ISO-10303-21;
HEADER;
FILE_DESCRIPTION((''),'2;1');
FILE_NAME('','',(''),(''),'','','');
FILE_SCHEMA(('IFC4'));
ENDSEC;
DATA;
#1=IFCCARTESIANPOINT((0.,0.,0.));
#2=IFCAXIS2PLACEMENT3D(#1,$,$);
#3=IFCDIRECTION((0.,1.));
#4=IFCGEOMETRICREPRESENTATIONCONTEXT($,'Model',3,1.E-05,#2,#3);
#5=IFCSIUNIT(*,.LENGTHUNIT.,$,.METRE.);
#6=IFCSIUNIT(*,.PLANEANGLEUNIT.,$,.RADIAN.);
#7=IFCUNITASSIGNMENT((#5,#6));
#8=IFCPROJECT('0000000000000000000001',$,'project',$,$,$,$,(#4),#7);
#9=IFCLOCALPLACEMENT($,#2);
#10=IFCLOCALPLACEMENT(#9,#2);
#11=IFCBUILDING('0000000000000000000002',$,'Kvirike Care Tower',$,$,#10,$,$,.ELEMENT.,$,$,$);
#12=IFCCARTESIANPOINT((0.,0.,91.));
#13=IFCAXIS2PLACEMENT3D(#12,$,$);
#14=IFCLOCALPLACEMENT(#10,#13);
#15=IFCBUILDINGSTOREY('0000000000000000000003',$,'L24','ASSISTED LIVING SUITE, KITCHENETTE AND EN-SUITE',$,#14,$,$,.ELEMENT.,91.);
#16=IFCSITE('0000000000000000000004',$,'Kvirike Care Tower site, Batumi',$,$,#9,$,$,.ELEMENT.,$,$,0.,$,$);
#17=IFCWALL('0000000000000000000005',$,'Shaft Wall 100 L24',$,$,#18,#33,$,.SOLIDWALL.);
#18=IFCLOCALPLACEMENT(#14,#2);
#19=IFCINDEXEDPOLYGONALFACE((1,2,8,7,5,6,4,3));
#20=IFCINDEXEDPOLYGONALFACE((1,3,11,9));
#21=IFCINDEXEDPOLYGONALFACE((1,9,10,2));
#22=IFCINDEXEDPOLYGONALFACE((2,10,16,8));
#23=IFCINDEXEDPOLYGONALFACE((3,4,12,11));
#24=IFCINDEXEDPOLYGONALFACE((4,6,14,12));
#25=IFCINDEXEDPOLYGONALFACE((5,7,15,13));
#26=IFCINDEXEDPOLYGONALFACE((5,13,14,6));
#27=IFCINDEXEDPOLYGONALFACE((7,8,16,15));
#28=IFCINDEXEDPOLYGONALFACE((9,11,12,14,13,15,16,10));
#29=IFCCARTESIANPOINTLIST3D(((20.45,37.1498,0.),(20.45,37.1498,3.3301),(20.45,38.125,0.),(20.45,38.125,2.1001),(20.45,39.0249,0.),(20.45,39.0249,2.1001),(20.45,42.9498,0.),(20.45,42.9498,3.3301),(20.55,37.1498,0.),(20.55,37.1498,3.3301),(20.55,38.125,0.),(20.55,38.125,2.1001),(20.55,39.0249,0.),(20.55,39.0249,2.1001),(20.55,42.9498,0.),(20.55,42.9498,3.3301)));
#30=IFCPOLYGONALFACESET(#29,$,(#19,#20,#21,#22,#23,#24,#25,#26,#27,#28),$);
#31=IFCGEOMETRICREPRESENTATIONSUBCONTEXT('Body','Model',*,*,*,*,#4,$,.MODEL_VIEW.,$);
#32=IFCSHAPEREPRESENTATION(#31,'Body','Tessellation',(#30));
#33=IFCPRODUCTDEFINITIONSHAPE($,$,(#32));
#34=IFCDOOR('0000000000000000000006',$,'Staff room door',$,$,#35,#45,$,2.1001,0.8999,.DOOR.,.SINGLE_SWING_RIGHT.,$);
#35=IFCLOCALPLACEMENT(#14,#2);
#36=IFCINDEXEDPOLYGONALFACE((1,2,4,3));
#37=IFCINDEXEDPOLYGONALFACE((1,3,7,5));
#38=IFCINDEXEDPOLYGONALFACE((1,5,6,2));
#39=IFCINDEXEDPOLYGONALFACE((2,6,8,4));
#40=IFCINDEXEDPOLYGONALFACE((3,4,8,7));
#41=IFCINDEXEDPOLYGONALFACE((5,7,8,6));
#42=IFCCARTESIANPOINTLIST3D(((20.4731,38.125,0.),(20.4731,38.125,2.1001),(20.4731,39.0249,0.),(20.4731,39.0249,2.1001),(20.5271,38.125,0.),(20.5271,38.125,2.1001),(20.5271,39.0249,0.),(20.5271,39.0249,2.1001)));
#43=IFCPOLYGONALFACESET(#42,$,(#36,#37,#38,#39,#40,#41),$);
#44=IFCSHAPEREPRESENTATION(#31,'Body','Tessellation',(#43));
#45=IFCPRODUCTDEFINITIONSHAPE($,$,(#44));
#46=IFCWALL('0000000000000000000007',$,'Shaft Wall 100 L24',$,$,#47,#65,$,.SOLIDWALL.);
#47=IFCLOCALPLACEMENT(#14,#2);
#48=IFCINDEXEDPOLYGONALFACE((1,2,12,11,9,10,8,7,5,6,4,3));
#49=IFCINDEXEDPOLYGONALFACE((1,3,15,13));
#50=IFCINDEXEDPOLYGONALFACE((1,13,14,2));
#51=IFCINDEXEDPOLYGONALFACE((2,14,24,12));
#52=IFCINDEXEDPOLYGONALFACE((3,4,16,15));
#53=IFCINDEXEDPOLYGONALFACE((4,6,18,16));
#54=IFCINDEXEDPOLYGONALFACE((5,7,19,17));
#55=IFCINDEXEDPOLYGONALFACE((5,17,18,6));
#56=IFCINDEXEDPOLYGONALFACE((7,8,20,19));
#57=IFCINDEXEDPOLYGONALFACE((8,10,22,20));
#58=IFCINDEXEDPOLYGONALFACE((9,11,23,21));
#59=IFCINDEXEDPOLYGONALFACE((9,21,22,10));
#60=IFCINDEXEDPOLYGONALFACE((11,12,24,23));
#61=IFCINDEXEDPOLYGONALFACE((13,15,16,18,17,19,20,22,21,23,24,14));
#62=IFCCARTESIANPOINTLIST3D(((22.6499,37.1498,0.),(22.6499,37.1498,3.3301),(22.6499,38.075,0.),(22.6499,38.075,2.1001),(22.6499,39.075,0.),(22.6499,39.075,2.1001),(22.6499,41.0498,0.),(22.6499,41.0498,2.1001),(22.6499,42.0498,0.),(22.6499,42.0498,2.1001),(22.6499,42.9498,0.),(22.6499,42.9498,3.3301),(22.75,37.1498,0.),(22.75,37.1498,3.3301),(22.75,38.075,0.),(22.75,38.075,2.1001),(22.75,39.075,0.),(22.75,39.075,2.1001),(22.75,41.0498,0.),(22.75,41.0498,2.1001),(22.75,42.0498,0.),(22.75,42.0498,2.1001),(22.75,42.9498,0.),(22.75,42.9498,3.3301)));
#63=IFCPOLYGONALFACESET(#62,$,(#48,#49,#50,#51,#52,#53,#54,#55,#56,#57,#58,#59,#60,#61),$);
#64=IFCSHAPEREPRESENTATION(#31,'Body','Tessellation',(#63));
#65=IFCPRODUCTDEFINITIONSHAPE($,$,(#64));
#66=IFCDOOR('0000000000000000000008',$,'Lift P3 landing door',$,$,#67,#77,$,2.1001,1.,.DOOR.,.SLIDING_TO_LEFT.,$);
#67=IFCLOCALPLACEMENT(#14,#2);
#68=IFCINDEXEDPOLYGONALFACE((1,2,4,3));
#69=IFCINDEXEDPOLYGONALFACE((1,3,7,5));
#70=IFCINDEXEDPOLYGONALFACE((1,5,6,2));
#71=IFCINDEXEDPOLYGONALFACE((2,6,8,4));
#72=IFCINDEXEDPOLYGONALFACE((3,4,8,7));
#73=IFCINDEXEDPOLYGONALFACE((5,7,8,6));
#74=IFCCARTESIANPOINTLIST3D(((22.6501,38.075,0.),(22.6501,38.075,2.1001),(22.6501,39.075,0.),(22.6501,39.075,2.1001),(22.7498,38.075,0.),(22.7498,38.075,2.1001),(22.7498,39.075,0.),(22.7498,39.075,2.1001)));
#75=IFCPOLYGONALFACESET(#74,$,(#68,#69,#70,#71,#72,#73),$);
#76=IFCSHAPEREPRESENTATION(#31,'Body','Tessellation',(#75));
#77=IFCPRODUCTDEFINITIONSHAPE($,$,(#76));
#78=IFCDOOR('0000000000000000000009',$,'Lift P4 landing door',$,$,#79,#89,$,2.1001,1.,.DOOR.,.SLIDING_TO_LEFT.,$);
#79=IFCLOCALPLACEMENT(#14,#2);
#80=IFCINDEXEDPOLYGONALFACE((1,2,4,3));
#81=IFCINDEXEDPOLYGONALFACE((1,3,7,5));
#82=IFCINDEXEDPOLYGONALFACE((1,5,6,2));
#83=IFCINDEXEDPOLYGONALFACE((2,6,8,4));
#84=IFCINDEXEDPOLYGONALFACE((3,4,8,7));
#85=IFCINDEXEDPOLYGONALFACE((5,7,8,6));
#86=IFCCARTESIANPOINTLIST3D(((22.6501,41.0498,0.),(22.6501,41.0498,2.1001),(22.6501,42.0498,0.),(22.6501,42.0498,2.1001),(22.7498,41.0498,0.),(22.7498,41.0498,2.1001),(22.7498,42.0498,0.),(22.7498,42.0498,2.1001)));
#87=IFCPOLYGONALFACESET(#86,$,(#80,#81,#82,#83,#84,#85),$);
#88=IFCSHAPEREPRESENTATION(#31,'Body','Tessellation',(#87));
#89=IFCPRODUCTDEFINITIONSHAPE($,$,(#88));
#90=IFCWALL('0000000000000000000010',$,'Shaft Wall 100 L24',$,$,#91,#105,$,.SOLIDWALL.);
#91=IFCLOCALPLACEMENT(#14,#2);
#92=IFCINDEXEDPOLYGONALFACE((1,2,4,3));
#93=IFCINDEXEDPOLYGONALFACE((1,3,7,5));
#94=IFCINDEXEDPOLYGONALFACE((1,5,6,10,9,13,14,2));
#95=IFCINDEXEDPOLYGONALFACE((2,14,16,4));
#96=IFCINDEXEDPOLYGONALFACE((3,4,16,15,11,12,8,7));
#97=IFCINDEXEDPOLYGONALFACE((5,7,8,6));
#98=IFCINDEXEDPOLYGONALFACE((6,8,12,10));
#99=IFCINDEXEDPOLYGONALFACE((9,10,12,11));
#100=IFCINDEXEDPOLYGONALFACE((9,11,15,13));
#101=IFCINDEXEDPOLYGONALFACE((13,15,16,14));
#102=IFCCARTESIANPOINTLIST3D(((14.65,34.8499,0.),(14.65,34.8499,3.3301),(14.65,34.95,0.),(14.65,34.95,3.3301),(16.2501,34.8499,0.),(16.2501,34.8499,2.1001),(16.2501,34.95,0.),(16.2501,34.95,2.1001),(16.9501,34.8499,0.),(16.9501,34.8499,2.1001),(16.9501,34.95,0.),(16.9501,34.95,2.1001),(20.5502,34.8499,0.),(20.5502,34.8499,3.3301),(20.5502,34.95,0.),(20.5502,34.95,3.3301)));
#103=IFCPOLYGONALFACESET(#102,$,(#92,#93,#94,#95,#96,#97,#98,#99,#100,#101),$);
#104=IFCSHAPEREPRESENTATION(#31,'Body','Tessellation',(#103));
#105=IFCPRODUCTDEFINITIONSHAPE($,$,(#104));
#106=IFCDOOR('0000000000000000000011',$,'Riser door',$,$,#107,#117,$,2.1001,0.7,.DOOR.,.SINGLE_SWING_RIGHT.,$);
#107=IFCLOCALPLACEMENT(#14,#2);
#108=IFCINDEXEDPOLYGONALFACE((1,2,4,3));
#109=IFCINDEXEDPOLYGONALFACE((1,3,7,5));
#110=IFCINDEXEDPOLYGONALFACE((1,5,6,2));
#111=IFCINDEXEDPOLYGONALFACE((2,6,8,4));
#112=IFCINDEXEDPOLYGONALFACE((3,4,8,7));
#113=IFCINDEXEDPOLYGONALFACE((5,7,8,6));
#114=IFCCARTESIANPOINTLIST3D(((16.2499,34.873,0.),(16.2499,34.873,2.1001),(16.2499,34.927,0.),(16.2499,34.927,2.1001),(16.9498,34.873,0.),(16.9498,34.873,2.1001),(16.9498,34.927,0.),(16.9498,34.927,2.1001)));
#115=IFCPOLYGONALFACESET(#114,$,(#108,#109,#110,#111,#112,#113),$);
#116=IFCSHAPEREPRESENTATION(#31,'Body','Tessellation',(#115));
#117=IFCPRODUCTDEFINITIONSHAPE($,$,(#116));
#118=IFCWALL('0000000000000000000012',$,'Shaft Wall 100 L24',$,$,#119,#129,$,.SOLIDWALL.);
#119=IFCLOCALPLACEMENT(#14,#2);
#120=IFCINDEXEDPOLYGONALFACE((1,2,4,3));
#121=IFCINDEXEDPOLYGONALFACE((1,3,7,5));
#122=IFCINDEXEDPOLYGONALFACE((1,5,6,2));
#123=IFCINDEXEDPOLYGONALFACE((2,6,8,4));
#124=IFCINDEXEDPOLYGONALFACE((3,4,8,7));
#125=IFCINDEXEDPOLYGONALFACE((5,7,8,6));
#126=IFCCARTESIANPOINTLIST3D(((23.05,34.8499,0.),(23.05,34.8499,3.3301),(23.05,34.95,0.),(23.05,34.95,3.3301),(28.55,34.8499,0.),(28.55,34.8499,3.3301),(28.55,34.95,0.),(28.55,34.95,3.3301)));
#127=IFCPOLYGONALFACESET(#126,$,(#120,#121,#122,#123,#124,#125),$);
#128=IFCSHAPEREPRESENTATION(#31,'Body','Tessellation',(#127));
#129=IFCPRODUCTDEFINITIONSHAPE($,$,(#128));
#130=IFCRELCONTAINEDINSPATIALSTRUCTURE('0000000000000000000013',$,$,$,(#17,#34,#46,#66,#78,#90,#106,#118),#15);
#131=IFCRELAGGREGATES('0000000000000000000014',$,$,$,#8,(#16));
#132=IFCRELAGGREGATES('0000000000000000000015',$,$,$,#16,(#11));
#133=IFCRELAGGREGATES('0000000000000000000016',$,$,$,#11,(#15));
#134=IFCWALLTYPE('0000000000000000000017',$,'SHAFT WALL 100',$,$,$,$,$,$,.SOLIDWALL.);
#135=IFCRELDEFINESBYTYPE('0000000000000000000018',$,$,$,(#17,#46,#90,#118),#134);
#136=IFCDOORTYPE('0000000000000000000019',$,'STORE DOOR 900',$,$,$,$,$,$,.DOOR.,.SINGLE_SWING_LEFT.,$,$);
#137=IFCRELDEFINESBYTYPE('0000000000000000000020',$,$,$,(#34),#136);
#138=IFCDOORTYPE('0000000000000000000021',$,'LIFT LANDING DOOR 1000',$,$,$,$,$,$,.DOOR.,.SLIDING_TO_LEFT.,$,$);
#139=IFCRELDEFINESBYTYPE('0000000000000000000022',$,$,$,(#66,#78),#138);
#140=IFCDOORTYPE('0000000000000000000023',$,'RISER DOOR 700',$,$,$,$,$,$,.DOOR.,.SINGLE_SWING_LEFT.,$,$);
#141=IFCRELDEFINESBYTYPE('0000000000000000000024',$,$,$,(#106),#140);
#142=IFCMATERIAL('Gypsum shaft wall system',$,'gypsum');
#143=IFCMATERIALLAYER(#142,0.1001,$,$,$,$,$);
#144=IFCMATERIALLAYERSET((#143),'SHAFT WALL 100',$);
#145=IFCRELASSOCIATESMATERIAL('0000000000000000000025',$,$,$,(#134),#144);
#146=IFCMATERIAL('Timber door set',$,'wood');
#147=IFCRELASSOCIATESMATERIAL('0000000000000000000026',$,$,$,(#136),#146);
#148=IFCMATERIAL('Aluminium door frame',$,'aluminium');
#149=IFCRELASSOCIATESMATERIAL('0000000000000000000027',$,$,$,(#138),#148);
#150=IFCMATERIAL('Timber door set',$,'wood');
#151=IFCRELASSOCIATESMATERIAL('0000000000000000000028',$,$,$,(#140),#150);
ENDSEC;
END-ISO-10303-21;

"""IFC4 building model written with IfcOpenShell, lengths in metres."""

from ifc_helpers import new_model, si_unit, direction, frame, frame_2d, origin, place, context, subcontext, project, spatial, rectangle, extrude, material, layer, layer_set, type_object, element, fill, save


model = new_model("IFC4")

# Units and contexts
model_context = context("Model", 3, precision=1e-05, world=origin(), true_north=direction((0.0, 1.0)))
body_context = subcontext(model_context, "Body", "Model", "MODEL_VIEW")
ifc_project = project(units=[si_unit("LENGTHUNIT", "METRE"), si_unit("PLANEANGLEUNIT", "RADIAN")], contexts=[model_context])

# Site, building, storey
site_placement = place(None, origin())
site = spatial("IfcSite", under=ifc_project, at=site_placement, Name="Kvirike Care Tower site, Batumi", CompositionType="ELEMENT", RefElevation=0.0)
building_placement = place(site_placement, origin())
building = spatial("IfcBuilding", under=site, at=building_placement, Name="Kvirike Care Tower", CompositionType="ELEMENT")
storey_placement = place(building_placement, frame((0.0, 0.0, 91.0)))
storey = spatial("IfcBuildingStorey", under=building, at=storey_placement, Name="L24", Description="ASSISTED LIVING SUITE, KITCHENETTE AND EN-SUITE", CompositionType="ELEMENT", Elevation=91.0)

# Shared definitions
ifc_material_1 = material(Name="Gypsum shaft wall system", Category="gypsum")
ifc_layer_1 = layer(ifc_material_1, 0.1001)
ifc_layer_set_1 = layer_set([ifc_layer_1], Name="SHAFT WALL 100")
wall_type_1 = type_object("IfcWallType", Name="SHAFT WALL 100", PredefinedType="SOLIDWALL", material=ifc_layer_set_1)

# Wall, opening, door
wall_1_placement = place(storey_placement, frame((20.5, 37.1499, 0.0), z_axis=(0.0, 0.0, 1.0), x_axis=(0.0, 1.0, 0.0)))
wall_1 = element("IfcWall", 1, at=wall_1_placement, inside=storey, type_object=wall_type_1, Name="Shaft Wall 100 L24", PredefinedType="SOLIDWALL", context=body_context, shape_type="SweptSolid", body=[
    extrude(rectangle(XDim=5.8, YDim=0.1001, at=frame_2d((2.8999, 0.0))), origin(), (0.0, 0.0, 1.0), 3.3301),
])
opening_1_placement = place(wall_1_placement, frame((0.9751, 0.0, 0.0)))
opening_1 = element("IfcOpeningElement", 2, at=opening_1_placement, cuts=wall_1, PredefinedType="OPENING", context=body_context, shape_type="SweptSolid", body=[
    extrude(rectangle(XDim=0.8999, YDim=2.1001, at=frame_2d((0.45, 1.05))), frame((0.0, 0.0605, 0.0), z_axis=(0.0, -1.0, 0.0), x_axis=(1.0, 0.0, 0.0)), (0.0, 0.0, 1.0), 0.1211),
])
ifc_material_2 = material(Name="Timber door set", Category="wood")
door_type_1 = type_object("IfcDoorType", Name="STORE DOOR 900", OperationType="SINGLE_SWING_LEFT", PredefinedType="DOOR", material=ifc_material_2)
door_1_placement = place(opening_1_placement, origin())
door_1 = element("IfcDoor", 3, at=door_1_placement, inside=storey, type_object=door_type_1, Name="Staff room door", OperationType="SINGLE_SWING_RIGHT", OverallHeight=2.1001, OverallWidth=0.8999, PredefinedType="DOOR", context=body_context, shape_type="SweptSolid", body=[
    extrude(rectangle(XDim=0.8999, YDim=2.1001, at=frame_2d((0.45, 1.05))), frame((0.0, 0.0269, 0.0), z_axis=(0.0, -1.0, 0.0), x_axis=(1.0, 0.0, 0.0)), (0.0, 0.0, 1.0), 0.054),
])
fill(opening_1, door_1)

# Wall, openings, doors
wall_2_placement = place(storey_placement, frame((22.7, 37.1499, 0.0), z_axis=(0.0, 0.0, 1.0), x_axis=(0.0, 1.0, 0.0)))
wall_2 = element("IfcWall", 4, at=wall_2_placement, inside=storey, type_object=wall_type_1, Name="Shaft Wall 100 L24", PredefinedType="SOLIDWALL", context=body_context, shape_type="SweptSolid", body=[
    extrude(rectangle(XDim=5.8, YDim=0.1001, at=frame_2d((2.8999, 0.0))), origin(), (0.0, 0.0, 1.0), 3.3301),
])
opening_2_placement = place(wall_2_placement, frame((0.925, 0.0, 0.0)))
opening_2 = element("IfcOpeningElement", 5, at=opening_2_placement, cuts=wall_2, PredefinedType="OPENING", context=body_context, shape_type="SweptSolid", body=[
    extrude(rectangle(XDim=1.0, YDim=2.1001, at=frame_2d((0.5, 1.05))), frame((0.0, 0.0605, 0.0), z_axis=(0.0, -1.0, 0.0), x_axis=(1.0, 0.0, 0.0)), (0.0, 0.0, 1.0), 0.1211),
])
opening_3_placement = place(wall_2_placement, frame((3.8999, 0.0, 0.0)))
opening_3 = element("IfcOpeningElement", 6, at=opening_3_placement, cuts=wall_2, PredefinedType="OPENING", context=body_context, shape_type="SweptSolid", body=[
    extrude(rectangle(XDim=1.0, YDim=2.1001, at=frame_2d((0.5, 1.05))), frame((0.0, 0.0605, 0.0), z_axis=(0.0, -1.0, 0.0), x_axis=(1.0, 0.0, 0.0)), (0.0, 0.0, 1.0), 0.1211),
])
ifc_material_3 = material(Name="Aluminium door frame", Category="aluminium")
door_type_2 = type_object("IfcDoorType", Name="LIFT LANDING DOOR 1000", OperationType="SLIDING_TO_LEFT", PredefinedType="DOOR", material=ifc_material_3)
door_2_placement = place(opening_2_placement, origin())
door_2 = element("IfcDoor", 7, at=door_2_placement, inside=storey, type_object=door_type_2, Name="Lift P3 landing door", OperationType="SLIDING_TO_LEFT", OverallHeight=2.1001, OverallWidth=1.0, PredefinedType="DOOR", context=body_context, shape_type="SweptSolid", body=[
    extrude(rectangle(XDim=1.0, YDim=2.1001, at=frame_2d((0.5, 1.05))), frame((0.0, 0.0498, 0.0), z_axis=(0.0, -1.0, 0.0), x_axis=(1.0, 0.0, 0.0)), (0.0, 0.0, 1.0), 0.0996),
])
fill(opening_2, door_2)
door_3_placement = place(opening_3_placement, origin())
door_3 = element("IfcDoor", 8, at=door_3_placement, inside=storey, type_object=door_type_2, Name="Lift P4 landing door", OperationType="SLIDING_TO_LEFT", OverallHeight=2.1001, OverallWidth=1.0, PredefinedType="DOOR", context=body_context, shape_type="SweptSolid", body=[
    extrude(rectangle(XDim=1.0, YDim=2.1001, at=frame_2d((0.5, 1.05))), frame((0.0, 0.0498, 0.0), z_axis=(0.0, -1.0, 0.0), x_axis=(1.0, 0.0, 0.0)), (0.0, 0.0, 1.0), 0.0996),
])
fill(opening_3, door_3)

# Wall, opening, door
wall_3_placement = place(storey_placement, frame((14.6499, 34.8999, 0.0), z_axis=(0.0, 0.0, 1.0), x_axis=(1.0, 0.0, 0.0)))
wall_3 = element("IfcWall", 9, at=wall_3_placement, inside=storey, type_object=wall_type_1, Name="Shaft Wall 100 L24", PredefinedType="SOLIDWALL", context=body_context, shape_type="SweptSolid", body=[
    extrude(rectangle(XDim=5.9001, YDim=0.1001, at=frame_2d((2.9502, 0.0))), origin(), (0.0, 0.0, 1.0), 3.3301),
])
opening_4_placement = place(wall_3_placement, frame((1.6001, 0.0, 0.0)))
opening_4 = element("IfcOpeningElement", 10, at=opening_4_placement, cuts=wall_3, PredefinedType="OPENING", context=body_context, shape_type="SweptSolid", body=[
    extrude(rectangle(XDim=0.7, YDim=2.1001, at=frame_2d((0.3501, 1.05))), frame((0.0, 0.0605, 0.0), z_axis=(0.0, -1.0, 0.0), x_axis=(1.0, 0.0, 0.0)), (0.0, 0.0, 1.0), 0.1211),
])
ifc_material_4 = material(Name="Timber door set", Category="wood")
door_type_3 = type_object("IfcDoorType", Name="RISER DOOR 700", OperationType="SINGLE_SWING_LEFT", PredefinedType="DOOR", material=ifc_material_4)
door_4_placement = place(opening_4_placement, frame((0.7, 0.0, 0.0), z_axis=(0.0, 0.0, 1.0), x_axis=(-1.0, 0.0, 0.0)))
door_4 = element("IfcDoor", 11, at=door_4_placement, inside=storey, type_object=door_type_3, Name="Riser door", OperationType="SINGLE_SWING_RIGHT", OverallHeight=2.1001, OverallWidth=0.7, PredefinedType="DOOR", context=body_context, shape_type="SweptSolid", body=[
    extrude(rectangle(XDim=0.7, YDim=2.1001, at=frame_2d((0.3501, 1.05))), frame((0.0, 0.0269, 0.0), z_axis=(0.0, -1.0, 0.0), x_axis=(1.0, 0.0, 0.0)), (0.0, 0.0, 1.0), 0.054),
])
fill(opening_4, door_4)

# Wall
wall_4_placement = place(storey_placement, frame((23.05, 34.8999, 0.0), z_axis=(0.0, 0.0, 1.0), x_axis=(1.0, 0.0, 0.0)))
element("IfcWall", 12, at=wall_4_placement, inside=storey, type_object=wall_type_1, Name="Shaft Wall 100 L24", PredefinedType="SOLIDWALL", context=body_context, shape_type="SweptSolid", body=[
    extrude(rectangle(XDim=5.5, YDim=0.1001, at=frame_2d((2.75, 0.0))), origin(), (0.0, 0.0, 1.0), 3.3301),
])

save(model, "model.ifc")
